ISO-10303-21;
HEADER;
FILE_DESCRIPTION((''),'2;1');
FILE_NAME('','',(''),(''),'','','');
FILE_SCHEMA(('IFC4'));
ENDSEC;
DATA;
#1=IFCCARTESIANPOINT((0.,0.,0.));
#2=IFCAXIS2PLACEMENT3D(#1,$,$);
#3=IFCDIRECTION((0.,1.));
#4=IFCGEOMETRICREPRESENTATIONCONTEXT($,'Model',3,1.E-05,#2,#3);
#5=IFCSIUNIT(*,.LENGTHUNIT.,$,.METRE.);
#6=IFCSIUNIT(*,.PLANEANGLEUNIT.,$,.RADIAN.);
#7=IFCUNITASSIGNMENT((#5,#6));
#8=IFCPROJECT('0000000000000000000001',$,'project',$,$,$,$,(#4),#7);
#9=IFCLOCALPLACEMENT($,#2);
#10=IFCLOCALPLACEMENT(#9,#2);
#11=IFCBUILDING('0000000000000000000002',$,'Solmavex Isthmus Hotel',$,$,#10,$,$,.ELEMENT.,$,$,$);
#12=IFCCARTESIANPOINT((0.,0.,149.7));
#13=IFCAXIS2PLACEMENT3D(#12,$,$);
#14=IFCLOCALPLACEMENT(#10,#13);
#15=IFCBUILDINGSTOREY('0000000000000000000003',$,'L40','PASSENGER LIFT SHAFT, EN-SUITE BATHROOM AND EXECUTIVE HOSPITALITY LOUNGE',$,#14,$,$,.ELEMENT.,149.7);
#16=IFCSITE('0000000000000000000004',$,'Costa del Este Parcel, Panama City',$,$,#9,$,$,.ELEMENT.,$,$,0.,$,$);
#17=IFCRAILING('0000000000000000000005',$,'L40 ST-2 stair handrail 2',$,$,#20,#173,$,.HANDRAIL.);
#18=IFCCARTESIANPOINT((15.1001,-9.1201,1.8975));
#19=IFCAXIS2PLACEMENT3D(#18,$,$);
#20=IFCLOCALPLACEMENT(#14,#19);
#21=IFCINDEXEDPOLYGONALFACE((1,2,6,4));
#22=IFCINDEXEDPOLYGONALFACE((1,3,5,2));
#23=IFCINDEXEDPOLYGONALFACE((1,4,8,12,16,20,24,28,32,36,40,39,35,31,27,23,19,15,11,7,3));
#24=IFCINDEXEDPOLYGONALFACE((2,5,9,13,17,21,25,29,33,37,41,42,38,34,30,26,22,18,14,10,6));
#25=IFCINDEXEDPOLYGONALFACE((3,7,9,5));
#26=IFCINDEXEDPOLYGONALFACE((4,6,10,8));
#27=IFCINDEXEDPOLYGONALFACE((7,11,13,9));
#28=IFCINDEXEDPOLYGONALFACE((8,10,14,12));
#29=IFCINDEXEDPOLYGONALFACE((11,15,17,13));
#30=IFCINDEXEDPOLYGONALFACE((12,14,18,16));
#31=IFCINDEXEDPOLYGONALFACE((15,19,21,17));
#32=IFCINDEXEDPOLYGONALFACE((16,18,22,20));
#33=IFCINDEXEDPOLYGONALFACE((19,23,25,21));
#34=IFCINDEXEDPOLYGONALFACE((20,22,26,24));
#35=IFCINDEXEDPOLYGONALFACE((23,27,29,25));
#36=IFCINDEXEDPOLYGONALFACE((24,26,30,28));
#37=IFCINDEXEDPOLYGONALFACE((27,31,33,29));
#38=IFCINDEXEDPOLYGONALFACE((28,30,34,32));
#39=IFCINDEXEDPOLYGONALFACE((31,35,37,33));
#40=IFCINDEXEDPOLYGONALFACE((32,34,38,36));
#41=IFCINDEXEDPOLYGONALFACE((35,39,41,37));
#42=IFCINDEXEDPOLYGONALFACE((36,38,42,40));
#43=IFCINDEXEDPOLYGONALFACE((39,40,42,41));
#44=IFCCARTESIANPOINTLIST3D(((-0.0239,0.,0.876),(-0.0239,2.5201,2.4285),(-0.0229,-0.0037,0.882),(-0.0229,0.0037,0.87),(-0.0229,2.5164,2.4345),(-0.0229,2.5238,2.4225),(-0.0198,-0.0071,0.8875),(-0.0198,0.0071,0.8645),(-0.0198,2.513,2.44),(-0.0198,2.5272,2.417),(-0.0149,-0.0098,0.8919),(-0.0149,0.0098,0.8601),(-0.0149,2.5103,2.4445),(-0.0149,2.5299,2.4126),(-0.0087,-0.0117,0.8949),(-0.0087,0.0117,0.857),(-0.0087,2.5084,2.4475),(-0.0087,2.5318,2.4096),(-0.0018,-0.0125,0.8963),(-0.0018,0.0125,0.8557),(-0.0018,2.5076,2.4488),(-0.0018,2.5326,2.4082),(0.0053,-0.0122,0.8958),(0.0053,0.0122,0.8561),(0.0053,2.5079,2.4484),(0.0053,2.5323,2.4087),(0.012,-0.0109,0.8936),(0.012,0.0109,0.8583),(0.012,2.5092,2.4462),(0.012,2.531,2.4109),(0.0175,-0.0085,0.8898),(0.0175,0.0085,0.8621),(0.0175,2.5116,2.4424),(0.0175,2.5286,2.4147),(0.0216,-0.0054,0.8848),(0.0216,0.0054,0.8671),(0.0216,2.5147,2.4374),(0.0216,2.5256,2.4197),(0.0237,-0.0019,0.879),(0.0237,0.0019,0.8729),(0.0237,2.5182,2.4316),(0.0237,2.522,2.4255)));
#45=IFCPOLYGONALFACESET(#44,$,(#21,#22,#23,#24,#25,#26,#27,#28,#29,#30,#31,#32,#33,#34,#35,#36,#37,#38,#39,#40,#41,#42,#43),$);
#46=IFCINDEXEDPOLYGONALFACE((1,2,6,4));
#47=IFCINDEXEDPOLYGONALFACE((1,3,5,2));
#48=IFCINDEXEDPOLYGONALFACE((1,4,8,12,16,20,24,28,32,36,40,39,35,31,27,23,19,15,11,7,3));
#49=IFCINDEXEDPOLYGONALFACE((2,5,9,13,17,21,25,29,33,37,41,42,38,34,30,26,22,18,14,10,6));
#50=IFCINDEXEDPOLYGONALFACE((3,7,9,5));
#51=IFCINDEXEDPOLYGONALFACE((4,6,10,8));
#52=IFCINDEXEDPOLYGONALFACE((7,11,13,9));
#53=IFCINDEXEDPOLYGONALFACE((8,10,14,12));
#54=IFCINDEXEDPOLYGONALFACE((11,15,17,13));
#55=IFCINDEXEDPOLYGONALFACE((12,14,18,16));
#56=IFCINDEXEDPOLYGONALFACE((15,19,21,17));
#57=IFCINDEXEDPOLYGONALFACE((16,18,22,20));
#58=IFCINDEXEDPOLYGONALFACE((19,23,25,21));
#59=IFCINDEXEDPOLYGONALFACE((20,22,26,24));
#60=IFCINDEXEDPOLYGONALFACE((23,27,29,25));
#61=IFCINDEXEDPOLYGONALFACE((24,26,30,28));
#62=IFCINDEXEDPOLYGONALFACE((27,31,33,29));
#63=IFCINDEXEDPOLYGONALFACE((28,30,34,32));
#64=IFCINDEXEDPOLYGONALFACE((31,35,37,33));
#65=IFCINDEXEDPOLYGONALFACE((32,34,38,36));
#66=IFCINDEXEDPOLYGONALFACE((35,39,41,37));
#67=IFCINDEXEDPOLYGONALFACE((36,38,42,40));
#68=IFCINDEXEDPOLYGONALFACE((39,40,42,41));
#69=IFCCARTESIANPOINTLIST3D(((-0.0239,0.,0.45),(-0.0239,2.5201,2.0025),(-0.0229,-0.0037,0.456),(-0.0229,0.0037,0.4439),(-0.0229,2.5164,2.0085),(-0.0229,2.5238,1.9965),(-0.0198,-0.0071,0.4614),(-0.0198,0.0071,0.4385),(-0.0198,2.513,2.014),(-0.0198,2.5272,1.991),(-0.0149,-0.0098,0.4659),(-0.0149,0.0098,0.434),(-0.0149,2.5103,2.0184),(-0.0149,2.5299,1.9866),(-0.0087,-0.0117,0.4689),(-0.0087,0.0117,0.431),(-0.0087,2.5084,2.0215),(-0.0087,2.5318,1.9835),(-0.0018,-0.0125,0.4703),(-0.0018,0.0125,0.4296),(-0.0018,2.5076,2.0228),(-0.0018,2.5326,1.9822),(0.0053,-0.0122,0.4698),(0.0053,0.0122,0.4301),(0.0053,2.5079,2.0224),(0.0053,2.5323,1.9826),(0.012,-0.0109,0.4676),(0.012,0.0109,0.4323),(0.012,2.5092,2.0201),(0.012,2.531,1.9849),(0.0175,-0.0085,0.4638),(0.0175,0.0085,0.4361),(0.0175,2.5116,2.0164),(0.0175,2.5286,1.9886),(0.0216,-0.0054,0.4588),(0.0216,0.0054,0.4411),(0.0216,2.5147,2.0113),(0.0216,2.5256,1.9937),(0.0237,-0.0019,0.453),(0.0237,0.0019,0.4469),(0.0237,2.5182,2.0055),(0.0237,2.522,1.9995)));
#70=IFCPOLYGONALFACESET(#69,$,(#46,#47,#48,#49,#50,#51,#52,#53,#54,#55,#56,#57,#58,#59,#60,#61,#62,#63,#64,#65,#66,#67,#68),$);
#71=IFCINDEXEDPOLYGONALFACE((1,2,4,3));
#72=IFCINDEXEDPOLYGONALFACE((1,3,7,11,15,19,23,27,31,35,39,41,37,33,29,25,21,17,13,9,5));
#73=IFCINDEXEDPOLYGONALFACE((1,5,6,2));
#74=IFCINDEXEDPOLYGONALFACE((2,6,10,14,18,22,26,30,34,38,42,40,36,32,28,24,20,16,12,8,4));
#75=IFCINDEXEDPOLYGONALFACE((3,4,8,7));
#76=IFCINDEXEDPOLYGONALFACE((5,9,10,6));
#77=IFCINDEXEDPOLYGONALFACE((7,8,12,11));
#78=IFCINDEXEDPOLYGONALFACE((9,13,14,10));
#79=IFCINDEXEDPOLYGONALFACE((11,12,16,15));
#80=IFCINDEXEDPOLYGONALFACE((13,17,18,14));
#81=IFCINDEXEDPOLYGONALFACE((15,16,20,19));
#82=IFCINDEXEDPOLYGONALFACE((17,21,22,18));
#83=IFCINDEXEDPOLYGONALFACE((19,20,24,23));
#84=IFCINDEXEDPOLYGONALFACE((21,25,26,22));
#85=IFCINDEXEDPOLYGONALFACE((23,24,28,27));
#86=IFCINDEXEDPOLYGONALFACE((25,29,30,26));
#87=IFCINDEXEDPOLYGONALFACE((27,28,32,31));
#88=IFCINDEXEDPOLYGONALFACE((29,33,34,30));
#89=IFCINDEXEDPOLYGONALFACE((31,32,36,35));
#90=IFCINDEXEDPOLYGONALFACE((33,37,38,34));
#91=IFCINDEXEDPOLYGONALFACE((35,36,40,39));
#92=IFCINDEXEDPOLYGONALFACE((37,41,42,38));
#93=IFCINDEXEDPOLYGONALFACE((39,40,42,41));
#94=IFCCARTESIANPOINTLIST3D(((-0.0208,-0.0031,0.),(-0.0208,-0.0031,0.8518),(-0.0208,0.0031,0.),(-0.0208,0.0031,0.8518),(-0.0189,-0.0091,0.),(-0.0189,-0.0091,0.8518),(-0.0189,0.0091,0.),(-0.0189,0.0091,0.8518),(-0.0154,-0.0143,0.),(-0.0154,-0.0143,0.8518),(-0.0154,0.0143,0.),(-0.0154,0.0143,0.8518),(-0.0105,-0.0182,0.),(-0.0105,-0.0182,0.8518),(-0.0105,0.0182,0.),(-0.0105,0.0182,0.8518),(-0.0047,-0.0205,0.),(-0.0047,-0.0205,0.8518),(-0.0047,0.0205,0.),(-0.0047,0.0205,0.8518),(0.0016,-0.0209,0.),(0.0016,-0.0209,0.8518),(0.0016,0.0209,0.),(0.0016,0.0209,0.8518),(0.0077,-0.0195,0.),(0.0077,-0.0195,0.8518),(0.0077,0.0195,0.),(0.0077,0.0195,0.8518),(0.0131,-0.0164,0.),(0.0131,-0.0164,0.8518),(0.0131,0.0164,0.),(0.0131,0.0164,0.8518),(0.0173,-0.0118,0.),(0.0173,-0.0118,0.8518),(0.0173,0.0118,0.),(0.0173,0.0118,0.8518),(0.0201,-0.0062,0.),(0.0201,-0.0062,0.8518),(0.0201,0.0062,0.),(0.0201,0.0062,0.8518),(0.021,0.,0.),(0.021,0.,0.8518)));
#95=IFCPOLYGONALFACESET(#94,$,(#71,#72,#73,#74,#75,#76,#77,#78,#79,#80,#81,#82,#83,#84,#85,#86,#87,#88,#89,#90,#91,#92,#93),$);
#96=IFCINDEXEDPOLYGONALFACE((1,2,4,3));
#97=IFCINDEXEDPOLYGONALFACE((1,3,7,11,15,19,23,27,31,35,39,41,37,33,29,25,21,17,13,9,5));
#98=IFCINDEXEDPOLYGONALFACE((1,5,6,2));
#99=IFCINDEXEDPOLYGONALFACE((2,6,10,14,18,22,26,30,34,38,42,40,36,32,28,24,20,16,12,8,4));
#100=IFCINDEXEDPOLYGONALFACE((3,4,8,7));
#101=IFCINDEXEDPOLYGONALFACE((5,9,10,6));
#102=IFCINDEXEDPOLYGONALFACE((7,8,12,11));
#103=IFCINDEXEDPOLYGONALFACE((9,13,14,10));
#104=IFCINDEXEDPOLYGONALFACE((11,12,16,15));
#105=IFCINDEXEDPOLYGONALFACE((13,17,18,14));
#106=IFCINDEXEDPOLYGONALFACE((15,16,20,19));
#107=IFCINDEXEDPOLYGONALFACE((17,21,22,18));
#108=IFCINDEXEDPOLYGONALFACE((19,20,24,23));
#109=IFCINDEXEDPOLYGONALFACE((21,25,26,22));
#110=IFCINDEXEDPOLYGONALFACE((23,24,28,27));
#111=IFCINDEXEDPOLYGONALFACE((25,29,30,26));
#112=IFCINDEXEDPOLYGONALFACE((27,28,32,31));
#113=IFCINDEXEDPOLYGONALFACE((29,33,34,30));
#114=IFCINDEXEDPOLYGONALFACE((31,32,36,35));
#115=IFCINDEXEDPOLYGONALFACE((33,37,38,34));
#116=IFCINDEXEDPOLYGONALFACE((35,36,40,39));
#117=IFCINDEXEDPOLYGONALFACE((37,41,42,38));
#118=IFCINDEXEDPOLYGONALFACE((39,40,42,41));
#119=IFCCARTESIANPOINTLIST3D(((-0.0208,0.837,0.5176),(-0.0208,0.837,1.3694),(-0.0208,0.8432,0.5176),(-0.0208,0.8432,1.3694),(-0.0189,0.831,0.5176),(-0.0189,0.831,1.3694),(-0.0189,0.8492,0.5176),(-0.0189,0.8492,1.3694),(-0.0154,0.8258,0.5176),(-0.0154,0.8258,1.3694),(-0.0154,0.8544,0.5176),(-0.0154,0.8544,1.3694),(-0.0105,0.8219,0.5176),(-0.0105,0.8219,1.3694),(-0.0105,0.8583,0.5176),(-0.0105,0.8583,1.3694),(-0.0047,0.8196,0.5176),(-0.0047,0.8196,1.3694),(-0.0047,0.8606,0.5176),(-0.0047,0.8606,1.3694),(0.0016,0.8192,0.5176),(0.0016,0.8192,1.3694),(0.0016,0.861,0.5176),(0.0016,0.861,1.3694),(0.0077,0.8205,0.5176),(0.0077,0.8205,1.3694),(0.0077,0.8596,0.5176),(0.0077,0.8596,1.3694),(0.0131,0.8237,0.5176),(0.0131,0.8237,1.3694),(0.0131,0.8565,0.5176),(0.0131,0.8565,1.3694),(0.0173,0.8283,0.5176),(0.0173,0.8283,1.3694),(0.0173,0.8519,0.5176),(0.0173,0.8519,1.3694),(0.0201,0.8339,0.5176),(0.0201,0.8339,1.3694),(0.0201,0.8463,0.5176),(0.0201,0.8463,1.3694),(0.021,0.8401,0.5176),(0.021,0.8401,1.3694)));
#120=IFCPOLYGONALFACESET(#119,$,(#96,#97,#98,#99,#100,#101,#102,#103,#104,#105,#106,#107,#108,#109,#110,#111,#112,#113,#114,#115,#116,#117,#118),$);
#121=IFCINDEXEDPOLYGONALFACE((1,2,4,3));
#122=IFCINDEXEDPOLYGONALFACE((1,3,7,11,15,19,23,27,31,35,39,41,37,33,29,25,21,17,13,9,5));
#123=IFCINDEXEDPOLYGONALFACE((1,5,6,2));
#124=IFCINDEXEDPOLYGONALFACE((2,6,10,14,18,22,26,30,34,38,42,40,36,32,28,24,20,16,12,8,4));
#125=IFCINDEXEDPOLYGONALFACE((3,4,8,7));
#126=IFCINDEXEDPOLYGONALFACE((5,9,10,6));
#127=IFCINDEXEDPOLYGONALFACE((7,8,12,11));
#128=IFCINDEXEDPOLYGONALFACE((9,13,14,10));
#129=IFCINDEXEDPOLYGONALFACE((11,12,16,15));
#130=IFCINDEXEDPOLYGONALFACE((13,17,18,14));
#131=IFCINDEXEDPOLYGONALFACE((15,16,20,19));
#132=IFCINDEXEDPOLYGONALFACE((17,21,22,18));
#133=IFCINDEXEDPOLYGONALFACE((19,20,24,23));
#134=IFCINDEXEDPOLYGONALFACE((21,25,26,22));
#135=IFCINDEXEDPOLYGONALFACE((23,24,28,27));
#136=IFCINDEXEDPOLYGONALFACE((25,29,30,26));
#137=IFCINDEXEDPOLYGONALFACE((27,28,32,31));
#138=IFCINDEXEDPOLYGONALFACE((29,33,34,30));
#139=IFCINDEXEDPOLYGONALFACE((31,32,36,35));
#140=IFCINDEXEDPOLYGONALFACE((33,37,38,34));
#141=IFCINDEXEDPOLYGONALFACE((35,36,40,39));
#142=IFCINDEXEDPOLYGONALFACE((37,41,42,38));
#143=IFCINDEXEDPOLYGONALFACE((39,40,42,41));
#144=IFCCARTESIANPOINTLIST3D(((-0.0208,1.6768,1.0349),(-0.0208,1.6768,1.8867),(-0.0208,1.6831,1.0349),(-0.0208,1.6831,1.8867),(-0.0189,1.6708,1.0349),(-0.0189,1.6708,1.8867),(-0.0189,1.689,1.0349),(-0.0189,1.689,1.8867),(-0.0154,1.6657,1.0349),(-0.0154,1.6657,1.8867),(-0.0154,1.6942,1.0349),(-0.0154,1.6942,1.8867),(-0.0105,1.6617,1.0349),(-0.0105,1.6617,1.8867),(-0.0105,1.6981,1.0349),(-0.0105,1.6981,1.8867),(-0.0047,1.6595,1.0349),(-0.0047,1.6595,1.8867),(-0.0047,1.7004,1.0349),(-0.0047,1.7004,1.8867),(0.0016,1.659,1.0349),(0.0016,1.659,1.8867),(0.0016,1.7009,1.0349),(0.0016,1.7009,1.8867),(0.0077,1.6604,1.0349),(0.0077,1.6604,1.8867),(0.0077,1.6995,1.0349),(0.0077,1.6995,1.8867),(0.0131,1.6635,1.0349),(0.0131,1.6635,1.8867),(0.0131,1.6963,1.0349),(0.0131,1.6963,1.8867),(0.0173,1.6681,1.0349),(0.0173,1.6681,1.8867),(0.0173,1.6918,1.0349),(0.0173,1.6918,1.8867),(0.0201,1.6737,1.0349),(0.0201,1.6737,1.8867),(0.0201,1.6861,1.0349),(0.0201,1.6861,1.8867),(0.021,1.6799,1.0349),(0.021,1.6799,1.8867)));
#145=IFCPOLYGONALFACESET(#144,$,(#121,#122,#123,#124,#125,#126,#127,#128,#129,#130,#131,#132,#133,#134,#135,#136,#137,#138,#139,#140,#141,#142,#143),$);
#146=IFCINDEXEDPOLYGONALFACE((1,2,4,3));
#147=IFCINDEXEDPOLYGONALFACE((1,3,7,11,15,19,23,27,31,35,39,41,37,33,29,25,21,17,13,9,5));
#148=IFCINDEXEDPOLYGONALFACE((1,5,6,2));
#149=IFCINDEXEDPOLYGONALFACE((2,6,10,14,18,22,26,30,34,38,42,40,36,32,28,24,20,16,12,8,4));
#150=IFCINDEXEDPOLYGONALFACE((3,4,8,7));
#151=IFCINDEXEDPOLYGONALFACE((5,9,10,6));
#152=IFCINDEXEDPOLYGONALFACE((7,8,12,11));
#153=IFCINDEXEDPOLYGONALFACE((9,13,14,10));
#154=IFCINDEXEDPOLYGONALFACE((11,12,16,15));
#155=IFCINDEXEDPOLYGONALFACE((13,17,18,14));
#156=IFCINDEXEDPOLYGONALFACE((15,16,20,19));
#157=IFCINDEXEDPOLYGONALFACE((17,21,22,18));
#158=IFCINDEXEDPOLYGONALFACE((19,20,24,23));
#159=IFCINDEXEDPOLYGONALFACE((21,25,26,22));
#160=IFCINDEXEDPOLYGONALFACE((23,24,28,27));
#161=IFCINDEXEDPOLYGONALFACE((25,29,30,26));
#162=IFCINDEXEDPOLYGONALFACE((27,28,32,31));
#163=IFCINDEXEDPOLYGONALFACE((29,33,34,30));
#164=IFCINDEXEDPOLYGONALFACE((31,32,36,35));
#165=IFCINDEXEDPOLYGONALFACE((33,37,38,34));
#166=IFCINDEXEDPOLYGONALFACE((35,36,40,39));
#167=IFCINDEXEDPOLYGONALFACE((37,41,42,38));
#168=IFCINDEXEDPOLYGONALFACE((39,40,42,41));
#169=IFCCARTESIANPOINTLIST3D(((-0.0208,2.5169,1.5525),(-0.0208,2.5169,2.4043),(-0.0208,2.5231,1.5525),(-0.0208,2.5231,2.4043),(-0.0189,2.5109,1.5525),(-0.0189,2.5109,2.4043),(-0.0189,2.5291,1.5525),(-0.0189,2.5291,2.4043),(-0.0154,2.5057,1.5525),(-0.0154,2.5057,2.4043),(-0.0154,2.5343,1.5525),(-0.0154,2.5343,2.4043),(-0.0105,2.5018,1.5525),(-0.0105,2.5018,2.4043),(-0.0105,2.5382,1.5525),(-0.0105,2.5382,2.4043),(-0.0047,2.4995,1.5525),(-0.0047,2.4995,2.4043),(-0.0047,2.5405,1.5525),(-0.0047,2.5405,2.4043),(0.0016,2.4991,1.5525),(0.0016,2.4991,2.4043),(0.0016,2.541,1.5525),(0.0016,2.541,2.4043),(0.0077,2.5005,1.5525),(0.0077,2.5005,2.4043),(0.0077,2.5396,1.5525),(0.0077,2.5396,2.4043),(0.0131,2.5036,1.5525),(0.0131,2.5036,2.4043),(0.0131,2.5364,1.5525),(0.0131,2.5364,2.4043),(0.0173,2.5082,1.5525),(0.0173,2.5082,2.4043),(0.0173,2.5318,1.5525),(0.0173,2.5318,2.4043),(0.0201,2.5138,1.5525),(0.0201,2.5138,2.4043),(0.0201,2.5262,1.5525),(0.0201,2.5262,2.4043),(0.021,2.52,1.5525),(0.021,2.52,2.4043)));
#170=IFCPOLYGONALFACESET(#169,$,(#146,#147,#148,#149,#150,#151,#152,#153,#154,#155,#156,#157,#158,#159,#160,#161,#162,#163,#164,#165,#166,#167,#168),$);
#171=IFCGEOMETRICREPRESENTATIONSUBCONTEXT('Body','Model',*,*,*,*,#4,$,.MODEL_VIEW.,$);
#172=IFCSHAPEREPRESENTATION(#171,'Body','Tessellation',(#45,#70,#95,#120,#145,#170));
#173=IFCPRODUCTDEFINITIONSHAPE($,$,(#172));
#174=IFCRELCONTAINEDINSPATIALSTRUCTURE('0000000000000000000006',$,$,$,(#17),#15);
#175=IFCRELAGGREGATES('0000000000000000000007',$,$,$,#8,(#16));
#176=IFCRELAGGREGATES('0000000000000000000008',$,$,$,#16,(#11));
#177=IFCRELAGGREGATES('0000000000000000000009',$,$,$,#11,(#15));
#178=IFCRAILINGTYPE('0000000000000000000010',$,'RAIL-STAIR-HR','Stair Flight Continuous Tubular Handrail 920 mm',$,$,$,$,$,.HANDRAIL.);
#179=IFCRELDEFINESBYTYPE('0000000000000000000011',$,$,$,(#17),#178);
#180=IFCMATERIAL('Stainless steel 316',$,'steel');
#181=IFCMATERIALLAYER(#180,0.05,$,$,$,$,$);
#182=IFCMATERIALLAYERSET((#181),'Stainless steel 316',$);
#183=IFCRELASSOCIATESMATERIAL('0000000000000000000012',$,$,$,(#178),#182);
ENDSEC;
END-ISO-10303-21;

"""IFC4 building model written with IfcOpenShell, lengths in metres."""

from ifc_helpers import new_model, si_unit, direction, frame, origin, origin_2d, place, context, subcontext, project, spatial, circle, extrude, material, layer, layer_set, type_object, element, save


model = new_model("IFC4")

# Units and contexts
model_context = context("Model", 3, precision=1e-05, world=origin(), true_north=direction((0.0, 1.0)))
body_context = subcontext(model_context, "Body", "Model", "MODEL_VIEW")
ifc_project = project(units=[si_unit("LENGTHUNIT", "METRE"), si_unit("PLANEANGLEUNIT", "RADIAN")], contexts=[model_context])

# Site, building, storey
site_placement = place(None, origin())
site = spatial("IfcSite", under=ifc_project, at=site_placement, Name="Costa del Este Parcel, Panama City", CompositionType="ELEMENT", RefElevation=0.0)
building_placement = place(site_placement, origin())
building = spatial("IfcBuilding", under=site, at=building_placement, Name="Solmavex Isthmus Hotel", CompositionType="ELEMENT")
storey_placement = place(building_placement, frame((0.0, 0.0, 149.7)))
storey = spatial("IfcBuildingStorey", under=building, at=storey_placement, Name="L40", Description="PASSENGER LIFT SHAFT, EN-SUITE BATHROOM AND EXECUTIVE HOSPITALITY LOUNGE", CompositionType="ELEMENT", Elevation=149.7)

# Railing
ifc_material_1 = material(Name="Stainless steel 316", Category="steel")
ifc_layer_1 = layer(ifc_material_1, 0.05)
ifc_layer_set_1 = layer_set([ifc_layer_1], Name="Stainless steel 316")
railing_type_1 = type_object("IfcRailingType", Name="RAIL-STAIR-HR", Description="Stair Flight Continuous Tubular Handrail 920 mm", PredefinedType="HANDRAIL", material=ifc_layer_set_1)
railing_1_placement = place(storey_placement, frame((15.1001, -9.1201, 1.8975)))
element("IfcRailing", 1, at=railing_1_placement, inside=storey, type_object=railing_type_1, Name="L40 ST-2 stair handrail 2", PredefinedType="HANDRAIL", context=body_context, shape_type="SweptSolid", body=[
    extrude(circle(Radius=0.0239, at=origin_2d()), frame((0.0, 0.0, 0.876), z_axis=(0.0, 0.8514, 0.524516), x_axis=(-1.0, 0.0, 0.0)), (0.0, 0.0, 1.0), 2.96),
    extrude(circle(Radius=0.0239, at=origin_2d()), frame((0.0, 0.0, 0.45), z_axis=(0.0, 0.8514, 0.524516), x_axis=(-1.0, 0.0, 0.0)), (0.0, 0.0, 1.0), 2.96),
    extrude(circle(Radius=0.021, at=origin_2d()), origin(), (0.0, 0.0, 1.0), 0.8518),
    extrude(circle(Radius=0.021, at=origin_2d()), frame((0.0, 0.8401, 0.5176)), (0.0, 0.0, 1.0), 0.8518),
    extrude(circle(Radius=0.021, at=origin_2d()), frame((0.0, 1.6799, 1.0349)), (0.0, 0.0, 1.0), 0.8518),
    extrude(circle(Radius=0.021, at=origin_2d()), frame((0.0, 2.52, 1.5525)), (0.0, 0.0, 1.0), 0.8518),
])

save(model, "model.ifc")
